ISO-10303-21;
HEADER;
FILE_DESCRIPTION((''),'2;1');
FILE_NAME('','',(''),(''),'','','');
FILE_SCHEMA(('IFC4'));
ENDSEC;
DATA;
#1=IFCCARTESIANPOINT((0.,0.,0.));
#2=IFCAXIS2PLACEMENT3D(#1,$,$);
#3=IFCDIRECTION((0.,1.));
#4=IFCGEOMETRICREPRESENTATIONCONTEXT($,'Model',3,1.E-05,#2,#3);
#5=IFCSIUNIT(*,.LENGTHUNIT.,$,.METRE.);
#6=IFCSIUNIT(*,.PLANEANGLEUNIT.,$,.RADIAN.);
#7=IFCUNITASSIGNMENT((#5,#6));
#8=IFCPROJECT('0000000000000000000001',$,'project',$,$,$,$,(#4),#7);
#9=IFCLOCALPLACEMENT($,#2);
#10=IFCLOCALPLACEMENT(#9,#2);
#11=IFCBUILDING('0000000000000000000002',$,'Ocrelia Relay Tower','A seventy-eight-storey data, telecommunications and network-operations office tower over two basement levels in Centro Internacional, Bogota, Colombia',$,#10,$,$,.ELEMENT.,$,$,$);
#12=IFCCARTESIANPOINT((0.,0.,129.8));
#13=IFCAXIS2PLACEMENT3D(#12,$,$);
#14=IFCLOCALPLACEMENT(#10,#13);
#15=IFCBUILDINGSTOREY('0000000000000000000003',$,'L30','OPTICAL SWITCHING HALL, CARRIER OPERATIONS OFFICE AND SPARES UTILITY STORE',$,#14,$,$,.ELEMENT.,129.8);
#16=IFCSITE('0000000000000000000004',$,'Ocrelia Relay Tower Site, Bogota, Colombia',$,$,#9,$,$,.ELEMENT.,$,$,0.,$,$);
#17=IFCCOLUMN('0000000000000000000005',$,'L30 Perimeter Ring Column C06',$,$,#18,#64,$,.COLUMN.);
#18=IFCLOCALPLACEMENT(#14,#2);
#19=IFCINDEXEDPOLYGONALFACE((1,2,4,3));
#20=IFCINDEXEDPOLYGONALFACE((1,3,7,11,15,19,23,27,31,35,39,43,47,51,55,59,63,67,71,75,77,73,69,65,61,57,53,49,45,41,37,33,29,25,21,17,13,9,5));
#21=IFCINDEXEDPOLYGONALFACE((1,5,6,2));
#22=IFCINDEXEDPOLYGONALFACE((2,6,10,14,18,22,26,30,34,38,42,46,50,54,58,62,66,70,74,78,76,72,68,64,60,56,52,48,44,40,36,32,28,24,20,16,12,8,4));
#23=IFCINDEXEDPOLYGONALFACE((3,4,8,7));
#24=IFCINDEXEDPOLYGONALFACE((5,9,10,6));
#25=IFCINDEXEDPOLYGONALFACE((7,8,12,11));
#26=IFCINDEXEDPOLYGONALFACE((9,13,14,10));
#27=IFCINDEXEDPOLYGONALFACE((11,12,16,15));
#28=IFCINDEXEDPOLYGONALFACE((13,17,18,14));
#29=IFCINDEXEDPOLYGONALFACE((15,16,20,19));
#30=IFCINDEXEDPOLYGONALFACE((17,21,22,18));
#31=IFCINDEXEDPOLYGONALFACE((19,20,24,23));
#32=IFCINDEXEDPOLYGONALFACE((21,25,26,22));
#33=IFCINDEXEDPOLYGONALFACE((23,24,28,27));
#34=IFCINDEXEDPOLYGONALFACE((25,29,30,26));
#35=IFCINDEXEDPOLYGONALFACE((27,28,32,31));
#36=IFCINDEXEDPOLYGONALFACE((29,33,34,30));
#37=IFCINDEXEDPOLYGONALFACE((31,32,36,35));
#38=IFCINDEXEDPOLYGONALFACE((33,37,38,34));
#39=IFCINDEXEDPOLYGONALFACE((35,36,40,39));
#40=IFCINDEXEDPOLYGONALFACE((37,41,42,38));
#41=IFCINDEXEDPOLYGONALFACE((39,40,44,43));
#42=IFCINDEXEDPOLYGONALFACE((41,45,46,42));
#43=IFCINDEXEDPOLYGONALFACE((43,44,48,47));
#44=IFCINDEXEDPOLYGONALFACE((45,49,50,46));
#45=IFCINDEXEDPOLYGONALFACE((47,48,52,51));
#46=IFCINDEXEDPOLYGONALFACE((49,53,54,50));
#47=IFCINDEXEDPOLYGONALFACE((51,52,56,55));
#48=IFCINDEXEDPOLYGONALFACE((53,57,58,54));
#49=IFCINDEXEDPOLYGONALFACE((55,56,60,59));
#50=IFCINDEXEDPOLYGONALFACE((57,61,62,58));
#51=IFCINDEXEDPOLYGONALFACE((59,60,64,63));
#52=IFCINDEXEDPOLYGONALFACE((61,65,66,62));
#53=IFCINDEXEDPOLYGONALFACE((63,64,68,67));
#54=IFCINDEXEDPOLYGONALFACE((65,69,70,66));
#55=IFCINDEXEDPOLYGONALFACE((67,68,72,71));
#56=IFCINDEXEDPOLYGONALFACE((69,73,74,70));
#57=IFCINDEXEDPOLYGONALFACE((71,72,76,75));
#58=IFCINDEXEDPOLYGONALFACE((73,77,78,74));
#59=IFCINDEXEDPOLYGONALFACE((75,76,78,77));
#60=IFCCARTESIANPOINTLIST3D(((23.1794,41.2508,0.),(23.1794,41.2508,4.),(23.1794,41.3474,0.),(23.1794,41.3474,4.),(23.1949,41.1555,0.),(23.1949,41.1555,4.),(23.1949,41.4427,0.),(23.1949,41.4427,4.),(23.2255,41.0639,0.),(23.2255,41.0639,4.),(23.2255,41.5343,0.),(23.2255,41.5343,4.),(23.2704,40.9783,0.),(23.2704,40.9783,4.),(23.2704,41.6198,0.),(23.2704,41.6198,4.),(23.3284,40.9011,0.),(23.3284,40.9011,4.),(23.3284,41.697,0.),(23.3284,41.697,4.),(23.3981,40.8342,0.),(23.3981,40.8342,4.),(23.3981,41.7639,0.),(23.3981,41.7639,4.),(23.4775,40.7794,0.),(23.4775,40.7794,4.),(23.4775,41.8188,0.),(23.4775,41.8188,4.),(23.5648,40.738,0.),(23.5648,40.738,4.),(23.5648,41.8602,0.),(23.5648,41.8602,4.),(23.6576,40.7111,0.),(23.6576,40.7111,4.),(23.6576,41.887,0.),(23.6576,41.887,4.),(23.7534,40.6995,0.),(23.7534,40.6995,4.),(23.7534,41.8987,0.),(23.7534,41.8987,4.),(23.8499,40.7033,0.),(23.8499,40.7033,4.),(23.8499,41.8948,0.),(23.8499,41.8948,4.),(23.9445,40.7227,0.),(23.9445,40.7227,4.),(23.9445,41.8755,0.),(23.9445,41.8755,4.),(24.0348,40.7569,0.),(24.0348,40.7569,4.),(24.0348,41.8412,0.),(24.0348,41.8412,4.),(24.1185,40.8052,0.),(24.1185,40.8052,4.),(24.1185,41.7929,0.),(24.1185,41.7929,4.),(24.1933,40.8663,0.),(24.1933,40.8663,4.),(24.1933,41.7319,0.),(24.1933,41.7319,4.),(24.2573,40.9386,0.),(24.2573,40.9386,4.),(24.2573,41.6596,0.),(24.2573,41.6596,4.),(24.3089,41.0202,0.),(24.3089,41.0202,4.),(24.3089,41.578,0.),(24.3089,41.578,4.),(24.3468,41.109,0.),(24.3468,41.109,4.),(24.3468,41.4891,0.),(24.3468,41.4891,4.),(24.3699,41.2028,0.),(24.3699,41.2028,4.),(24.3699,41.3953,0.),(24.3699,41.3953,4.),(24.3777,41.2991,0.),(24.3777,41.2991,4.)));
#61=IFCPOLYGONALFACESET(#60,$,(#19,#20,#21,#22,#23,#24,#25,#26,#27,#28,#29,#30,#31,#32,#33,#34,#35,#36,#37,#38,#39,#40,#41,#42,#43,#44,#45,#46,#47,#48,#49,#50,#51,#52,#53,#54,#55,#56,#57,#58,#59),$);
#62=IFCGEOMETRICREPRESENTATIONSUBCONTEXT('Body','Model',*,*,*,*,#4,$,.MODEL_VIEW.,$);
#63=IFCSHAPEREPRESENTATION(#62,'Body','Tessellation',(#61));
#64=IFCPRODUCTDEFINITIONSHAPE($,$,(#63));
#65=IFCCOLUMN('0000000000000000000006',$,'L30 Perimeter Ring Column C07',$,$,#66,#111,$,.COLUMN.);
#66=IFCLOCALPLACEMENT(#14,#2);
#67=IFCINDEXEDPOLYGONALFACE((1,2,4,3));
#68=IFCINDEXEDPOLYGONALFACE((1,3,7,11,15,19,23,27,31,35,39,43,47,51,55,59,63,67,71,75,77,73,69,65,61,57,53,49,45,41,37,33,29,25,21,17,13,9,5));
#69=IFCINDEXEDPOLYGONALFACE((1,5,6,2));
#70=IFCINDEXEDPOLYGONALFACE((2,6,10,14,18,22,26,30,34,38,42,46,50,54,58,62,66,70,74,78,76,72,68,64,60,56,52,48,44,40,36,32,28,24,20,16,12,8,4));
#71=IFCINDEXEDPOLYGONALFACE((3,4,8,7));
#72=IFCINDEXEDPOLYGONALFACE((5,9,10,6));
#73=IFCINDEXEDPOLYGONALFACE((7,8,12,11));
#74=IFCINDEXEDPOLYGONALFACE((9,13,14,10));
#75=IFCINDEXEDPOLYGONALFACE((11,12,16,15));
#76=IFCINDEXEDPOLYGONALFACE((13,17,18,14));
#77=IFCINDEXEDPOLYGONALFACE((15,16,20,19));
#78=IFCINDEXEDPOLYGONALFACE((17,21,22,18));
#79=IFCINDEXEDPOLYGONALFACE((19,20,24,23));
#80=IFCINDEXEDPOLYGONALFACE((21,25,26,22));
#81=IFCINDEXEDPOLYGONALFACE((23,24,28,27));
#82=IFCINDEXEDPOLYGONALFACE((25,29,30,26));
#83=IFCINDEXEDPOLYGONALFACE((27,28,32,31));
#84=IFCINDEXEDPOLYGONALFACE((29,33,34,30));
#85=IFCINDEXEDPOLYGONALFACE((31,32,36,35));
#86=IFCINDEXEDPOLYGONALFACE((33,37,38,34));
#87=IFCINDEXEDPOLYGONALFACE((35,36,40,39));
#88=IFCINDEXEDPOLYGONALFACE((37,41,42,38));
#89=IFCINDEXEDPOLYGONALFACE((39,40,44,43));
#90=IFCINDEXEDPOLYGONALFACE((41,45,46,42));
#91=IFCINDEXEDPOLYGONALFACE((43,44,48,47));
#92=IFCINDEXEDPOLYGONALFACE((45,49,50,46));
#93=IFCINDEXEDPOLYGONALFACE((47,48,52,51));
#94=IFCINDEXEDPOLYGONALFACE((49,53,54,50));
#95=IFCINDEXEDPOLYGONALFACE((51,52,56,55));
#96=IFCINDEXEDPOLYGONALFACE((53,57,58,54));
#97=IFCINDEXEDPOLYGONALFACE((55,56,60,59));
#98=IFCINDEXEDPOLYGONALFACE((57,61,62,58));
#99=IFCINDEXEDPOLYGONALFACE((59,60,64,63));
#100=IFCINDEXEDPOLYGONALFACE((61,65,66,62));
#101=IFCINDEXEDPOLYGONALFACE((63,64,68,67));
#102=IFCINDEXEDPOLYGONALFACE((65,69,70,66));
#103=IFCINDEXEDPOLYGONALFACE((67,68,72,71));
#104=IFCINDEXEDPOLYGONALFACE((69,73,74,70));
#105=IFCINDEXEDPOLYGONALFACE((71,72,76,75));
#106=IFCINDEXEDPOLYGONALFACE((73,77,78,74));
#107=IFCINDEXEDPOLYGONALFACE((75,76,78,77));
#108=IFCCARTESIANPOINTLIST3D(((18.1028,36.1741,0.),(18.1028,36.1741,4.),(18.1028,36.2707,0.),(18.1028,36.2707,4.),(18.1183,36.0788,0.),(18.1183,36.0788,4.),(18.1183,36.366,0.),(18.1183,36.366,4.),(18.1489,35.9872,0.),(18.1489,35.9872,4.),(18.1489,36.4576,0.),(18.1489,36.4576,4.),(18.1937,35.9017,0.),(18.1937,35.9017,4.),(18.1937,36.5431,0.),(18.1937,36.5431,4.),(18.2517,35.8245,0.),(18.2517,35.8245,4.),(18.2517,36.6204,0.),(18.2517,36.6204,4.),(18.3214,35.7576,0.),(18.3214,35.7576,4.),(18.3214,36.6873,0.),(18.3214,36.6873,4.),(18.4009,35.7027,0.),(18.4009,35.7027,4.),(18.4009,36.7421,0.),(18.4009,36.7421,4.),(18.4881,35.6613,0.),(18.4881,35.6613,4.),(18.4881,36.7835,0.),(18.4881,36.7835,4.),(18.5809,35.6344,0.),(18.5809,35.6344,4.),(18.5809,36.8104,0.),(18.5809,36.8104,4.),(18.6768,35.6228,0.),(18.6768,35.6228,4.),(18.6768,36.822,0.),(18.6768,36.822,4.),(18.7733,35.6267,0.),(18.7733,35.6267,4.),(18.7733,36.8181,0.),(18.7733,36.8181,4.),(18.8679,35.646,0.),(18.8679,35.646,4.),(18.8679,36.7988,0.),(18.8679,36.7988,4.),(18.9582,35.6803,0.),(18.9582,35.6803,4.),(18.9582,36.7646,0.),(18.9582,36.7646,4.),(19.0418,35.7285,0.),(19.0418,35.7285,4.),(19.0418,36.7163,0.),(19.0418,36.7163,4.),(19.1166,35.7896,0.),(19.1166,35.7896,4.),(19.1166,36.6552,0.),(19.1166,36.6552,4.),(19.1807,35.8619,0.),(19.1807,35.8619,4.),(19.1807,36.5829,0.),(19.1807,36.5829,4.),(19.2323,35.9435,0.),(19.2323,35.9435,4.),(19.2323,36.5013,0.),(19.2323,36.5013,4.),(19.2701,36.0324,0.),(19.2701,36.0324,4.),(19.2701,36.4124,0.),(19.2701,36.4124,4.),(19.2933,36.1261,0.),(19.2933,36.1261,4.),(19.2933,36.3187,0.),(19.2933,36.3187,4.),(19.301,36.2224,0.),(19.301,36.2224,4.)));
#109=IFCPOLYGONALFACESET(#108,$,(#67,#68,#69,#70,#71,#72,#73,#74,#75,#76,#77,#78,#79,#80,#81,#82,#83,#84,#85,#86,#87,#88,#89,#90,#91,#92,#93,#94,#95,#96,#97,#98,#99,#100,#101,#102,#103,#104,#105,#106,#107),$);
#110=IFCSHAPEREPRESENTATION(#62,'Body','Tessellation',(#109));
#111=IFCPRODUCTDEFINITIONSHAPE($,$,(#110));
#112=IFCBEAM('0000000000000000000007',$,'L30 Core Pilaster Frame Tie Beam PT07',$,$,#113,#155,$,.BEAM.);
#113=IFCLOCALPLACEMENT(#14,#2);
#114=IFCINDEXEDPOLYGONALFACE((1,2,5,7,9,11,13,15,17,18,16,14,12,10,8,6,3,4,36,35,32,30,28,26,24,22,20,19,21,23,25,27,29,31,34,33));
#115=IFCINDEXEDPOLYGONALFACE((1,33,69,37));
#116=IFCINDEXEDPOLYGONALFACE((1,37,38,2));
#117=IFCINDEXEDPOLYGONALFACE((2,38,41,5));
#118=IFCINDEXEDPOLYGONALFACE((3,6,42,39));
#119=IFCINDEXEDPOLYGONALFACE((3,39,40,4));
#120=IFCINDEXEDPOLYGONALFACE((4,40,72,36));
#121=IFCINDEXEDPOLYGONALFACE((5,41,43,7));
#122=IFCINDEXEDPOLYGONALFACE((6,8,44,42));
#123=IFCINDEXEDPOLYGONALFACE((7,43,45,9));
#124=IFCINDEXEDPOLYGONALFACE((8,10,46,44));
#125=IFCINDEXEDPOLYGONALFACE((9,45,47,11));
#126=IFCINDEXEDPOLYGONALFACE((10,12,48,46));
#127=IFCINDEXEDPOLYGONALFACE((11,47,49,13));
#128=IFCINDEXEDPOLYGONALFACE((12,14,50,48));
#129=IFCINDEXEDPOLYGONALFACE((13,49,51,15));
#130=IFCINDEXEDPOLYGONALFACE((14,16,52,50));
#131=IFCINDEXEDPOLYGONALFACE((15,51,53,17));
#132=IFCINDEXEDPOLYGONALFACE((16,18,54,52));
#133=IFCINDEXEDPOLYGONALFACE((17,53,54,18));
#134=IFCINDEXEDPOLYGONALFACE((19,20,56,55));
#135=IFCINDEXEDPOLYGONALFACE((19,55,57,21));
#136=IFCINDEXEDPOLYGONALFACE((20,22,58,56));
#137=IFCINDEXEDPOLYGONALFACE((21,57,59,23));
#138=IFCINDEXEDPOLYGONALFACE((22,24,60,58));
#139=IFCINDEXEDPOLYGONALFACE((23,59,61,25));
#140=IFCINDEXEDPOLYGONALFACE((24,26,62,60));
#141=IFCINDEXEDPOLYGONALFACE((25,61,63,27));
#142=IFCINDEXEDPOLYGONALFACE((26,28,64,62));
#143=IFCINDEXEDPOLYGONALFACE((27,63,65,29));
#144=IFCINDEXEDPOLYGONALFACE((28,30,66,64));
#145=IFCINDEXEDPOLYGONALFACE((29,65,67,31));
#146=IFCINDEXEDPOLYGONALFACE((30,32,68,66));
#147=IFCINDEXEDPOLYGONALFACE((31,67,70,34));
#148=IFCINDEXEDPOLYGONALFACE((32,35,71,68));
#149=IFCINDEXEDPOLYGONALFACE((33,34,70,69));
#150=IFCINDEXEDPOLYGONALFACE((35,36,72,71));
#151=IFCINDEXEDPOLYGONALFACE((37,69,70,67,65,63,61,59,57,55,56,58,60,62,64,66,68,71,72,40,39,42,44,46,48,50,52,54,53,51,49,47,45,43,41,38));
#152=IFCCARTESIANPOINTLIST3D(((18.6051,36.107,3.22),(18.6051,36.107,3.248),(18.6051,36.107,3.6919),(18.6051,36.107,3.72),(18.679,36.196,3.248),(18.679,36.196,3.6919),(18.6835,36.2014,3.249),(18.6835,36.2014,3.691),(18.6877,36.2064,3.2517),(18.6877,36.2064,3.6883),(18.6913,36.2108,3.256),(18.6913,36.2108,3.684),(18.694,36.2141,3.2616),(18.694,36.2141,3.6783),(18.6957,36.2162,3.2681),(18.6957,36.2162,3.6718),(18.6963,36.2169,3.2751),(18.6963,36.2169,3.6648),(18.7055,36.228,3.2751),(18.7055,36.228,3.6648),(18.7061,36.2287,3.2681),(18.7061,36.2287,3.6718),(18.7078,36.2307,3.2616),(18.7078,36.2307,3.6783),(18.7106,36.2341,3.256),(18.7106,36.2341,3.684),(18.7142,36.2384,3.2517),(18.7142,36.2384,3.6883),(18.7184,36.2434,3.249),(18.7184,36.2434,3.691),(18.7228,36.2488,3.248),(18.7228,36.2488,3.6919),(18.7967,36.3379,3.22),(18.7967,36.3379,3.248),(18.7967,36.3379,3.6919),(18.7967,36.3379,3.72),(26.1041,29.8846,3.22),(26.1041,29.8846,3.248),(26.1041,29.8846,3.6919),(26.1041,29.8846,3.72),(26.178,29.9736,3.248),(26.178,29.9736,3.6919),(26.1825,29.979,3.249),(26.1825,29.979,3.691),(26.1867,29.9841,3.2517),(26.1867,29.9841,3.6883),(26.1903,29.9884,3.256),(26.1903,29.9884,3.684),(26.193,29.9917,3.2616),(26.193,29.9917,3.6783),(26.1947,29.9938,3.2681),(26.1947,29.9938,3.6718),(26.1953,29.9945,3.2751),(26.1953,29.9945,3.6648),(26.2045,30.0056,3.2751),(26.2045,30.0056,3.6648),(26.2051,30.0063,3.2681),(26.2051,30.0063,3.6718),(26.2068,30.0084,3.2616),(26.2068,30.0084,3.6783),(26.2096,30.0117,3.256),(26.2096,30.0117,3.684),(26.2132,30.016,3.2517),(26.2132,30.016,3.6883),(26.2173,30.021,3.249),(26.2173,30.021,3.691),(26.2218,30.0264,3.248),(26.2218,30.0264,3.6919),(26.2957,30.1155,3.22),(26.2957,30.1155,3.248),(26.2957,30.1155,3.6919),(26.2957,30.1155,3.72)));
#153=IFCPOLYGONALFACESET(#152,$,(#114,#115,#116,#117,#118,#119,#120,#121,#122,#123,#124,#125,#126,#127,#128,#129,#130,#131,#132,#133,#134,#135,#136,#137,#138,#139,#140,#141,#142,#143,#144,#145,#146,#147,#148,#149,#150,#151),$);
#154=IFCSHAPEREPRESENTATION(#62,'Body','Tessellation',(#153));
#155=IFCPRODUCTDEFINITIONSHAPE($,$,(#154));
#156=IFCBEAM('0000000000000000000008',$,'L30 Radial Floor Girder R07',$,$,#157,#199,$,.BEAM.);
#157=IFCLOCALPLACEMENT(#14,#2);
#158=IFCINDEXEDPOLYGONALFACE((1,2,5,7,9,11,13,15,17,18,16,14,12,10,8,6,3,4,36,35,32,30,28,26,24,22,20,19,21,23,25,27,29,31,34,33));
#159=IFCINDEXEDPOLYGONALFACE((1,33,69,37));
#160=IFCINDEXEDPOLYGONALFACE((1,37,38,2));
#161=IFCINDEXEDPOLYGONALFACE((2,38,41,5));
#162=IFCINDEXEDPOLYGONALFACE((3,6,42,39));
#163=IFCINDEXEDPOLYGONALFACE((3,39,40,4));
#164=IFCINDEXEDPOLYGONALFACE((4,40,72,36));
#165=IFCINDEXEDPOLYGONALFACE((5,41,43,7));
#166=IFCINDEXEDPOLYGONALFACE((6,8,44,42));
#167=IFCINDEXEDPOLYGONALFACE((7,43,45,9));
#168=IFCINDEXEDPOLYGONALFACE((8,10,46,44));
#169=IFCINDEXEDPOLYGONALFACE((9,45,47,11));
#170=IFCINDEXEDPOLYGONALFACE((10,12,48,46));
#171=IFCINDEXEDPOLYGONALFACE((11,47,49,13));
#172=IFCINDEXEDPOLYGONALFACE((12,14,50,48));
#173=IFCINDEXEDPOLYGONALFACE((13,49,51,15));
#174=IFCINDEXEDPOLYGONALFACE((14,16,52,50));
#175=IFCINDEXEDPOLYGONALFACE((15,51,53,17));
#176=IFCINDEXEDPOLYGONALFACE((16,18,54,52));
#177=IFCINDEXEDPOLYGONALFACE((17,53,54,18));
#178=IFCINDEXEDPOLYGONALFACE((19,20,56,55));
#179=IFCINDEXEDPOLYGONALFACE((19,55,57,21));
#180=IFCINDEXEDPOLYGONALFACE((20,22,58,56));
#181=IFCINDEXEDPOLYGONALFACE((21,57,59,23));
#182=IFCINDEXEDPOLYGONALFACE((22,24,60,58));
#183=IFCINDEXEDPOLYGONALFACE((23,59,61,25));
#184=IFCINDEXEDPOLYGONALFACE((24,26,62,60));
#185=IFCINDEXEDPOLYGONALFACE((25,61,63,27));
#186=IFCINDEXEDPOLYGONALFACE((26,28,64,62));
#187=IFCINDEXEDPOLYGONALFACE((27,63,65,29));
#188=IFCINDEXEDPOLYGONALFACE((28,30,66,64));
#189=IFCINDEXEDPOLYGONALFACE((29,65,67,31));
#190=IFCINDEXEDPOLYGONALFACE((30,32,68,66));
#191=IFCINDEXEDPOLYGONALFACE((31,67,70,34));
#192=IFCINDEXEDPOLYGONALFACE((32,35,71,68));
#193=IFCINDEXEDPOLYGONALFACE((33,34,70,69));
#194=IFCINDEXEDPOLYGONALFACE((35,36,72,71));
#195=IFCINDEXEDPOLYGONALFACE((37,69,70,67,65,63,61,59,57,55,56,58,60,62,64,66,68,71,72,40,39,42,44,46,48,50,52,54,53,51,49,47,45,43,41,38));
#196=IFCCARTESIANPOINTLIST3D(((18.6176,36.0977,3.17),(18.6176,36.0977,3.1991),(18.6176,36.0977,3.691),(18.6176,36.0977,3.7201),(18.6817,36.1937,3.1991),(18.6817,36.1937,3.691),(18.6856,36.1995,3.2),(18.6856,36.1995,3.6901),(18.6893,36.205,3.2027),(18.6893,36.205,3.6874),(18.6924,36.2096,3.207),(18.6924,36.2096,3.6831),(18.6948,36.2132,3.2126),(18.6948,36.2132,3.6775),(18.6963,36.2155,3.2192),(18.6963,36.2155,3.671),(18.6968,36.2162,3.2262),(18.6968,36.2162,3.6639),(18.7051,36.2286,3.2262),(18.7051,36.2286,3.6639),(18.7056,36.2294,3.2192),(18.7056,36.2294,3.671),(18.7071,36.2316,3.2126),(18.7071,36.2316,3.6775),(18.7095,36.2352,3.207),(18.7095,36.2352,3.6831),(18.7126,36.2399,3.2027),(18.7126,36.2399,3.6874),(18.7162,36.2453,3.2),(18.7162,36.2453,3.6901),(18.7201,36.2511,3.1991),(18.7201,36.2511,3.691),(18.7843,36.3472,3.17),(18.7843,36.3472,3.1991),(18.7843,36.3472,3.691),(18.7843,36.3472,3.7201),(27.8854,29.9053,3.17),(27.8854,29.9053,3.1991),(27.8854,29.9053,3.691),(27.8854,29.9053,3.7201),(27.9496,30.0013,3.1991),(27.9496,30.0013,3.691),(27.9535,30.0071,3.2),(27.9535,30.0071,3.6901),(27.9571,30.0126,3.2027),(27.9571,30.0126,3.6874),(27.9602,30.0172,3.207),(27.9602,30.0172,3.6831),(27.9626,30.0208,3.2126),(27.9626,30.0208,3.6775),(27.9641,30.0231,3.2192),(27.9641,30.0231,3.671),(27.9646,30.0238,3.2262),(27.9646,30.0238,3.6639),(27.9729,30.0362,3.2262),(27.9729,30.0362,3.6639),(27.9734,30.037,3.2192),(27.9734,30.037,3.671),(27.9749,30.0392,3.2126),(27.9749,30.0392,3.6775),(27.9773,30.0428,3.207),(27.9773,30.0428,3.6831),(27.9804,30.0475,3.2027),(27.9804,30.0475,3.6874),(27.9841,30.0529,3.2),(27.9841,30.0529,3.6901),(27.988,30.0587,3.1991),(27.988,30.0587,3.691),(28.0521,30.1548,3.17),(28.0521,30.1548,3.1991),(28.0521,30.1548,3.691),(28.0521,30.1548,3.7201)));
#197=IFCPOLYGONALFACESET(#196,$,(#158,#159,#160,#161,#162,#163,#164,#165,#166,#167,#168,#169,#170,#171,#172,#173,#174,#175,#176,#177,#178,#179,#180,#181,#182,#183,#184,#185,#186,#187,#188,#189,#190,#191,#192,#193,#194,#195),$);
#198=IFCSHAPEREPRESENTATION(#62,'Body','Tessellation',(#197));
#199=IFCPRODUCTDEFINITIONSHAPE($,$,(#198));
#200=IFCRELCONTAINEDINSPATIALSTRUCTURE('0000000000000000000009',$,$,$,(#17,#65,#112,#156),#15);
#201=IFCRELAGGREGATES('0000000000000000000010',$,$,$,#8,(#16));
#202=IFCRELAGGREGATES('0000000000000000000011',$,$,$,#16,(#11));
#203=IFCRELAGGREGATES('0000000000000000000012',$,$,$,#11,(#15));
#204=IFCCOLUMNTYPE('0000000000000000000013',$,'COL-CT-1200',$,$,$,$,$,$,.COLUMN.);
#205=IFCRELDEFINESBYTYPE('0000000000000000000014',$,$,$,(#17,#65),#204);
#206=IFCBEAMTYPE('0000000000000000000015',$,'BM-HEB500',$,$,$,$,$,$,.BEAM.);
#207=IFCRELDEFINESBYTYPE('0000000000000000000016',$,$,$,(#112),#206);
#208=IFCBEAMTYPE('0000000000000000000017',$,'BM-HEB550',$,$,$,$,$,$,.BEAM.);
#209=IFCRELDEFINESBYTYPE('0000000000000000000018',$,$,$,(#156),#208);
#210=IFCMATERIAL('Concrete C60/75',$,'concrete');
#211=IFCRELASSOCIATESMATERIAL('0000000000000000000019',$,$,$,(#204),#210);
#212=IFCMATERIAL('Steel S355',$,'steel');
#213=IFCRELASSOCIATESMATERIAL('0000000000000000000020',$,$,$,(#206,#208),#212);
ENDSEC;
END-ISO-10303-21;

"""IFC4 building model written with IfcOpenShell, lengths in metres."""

from ifc_helpers import new_model, si_unit, direction, frame, origin, origin_2d, place, context, subcontext, project, spatial, circle, i_section, extrude, material, material_profile, profile_set, type_object, element, save


model = new_model("IFC4")

# Units and contexts
model_context = context("Model", 3, precision=1e-05, world=origin(), true_north=direction((0.0, 1.0)))
body_context = subcontext(model_context, "Body", "Model", "MODEL_VIEW")
ifc_project = project(units=[si_unit("LENGTHUNIT", "METRE"), si_unit("PLANEANGLEUNIT", "RADIAN")], contexts=[model_context])

# Site, building, storey
site_placement = place(None, origin())
site = spatial("IfcSite", under=ifc_project, at=site_placement, Name="Ocrelia Relay Tower Site, Bogota, Colombia", CompositionType="ELEMENT", RefElevation=0.0)
building_placement = place(site_placement, origin())
building = spatial("IfcBuilding", under=site, at=building_placement, Name="Ocrelia Relay Tower", Description="A seventy-eight-storey data, telecommunications and network-operations office tower over two basement levels in Centro Internacional, Bogota, Colombia", CompositionType="ELEMENT")
storey_placement = place(building_placement, frame((0.0, 0.0, 129.8)))
storey = spatial("IfcBuildingStorey", under=building, at=storey_placement, Name="L30", Description="OPTICAL SWITCHING HALL, CARRIER OPERATIONS OFFICE AND SPARES UTILITY STORE", CompositionType="ELEMENT", Elevation=129.8)

# Columns
ifc_material_1 = material(Name="Concrete C60/75", Category="concrete")
ifc_material_profile_1 = material_profile(ifc_material_1, circle(Radius=0.6001, at=origin_2d()), Name="RC-CIR-1200")
ifc_profile_set_1 = profile_set([ifc_material_profile_1], Name="Concrete C60/75")
column_type = type_object("IfcColumnType", Name="COL-CT-1200", PredefinedType="COLUMN", material=ifc_profile_set_1)
for number, where, z_axis, x_axis, name in (
    (1, (23.7776, 41.2991, 0.0), (0.0, 0.0, 1.0), (1.0, 0.0, 0.0), "L30 Perimeter Ring Column C06"),
    (2, (18.7009, 36.2224, 0.0), (0.0, 0.0, 1.0), (1.0, 0.0, 0.0), "L30 Perimeter Ring Column C07"),
):
    element("IfcColumn", number, at=place(storey_placement, frame(where, z_axis=z_axis, x_axis=x_axis)), inside=storey, type_object=column_type, Name=name, PredefinedType="COLUMN", context=body_context, shape_type="SweptSolid", body=[
        extrude(circle(Radius=0.6001, at=origin_2d()), origin(), (0.0, 0.0, 1.0), 4.0),
    ])

# Beams
ifc_material_2 = material(Name="Steel S355", Category="steel")
ifc_material_profile_2 = material_profile(ifc_material_2, i_section(OverallWidth=0.3, OverallDepth=0.5, WebThickness=0.0144, FlangeThickness=0.0281, FilletRadius=0.0271, at=origin_2d()), Name="HEB 500")
ifc_profile_set_2 = profile_set([ifc_material_profile_2], Name="Steel S355")
beam_type_1 = type_object("IfcBeamType", Name="BM-HEB500", PredefinedType="BEAM", material=ifc_profile_set_2)
beam_1_placement = place(storey_placement, frame((18.7009, 36.2224, 3.47), z_axis=(0.769571, -0.638561, 0.0), x_axis=(0.638561, 0.769571, 0.0)))
element("IfcBeam", 3, at=beam_1_placement, inside=storey, type_object=beam_type_1, Name="L30 Core Pilaster Frame Tie Beam PT07", PredefinedType="BEAM", context=body_context, shape_type="SweptSolid", body=[
    extrude(i_section(OverallWidth=0.3, OverallDepth=0.5, WebThickness=0.0144, FlangeThickness=0.0281, FilletRadius=0.0271, at=origin_2d()), origin(), (0.0, 0.0, 1.0), 9.7444),
])
ifc_material_profile_3 = material_profile(ifc_material_2, i_section(OverallWidth=0.3, OverallDepth=0.55, WebThickness=0.0149, FlangeThickness=0.0291, FilletRadius=0.0271, at=origin_2d()), Name="HEB 550")
ifc_profile_set_3 = profile_set([ifc_material_profile_3], Name="Steel S355")
beam_type_2 = type_object("IfcBeamType", Name="BM-HEB550", PredefinedType="BEAM", material=ifc_profile_set_3)
beam_2_placement = place(storey_placement, frame((18.7009, 36.2224, 3.4451), z_axis=(0.831477, -0.555559, 0.0), x_axis=(0.555559, 0.831477, 0.0)))
element("IfcBeam", 4, at=beam_2_placement, inside=storey, type_object=beam_type_2, Name="L30 Radial Floor Girder R07", PredefinedType="BEAM", context=body_context, shape_type="SweptSolid", body=[
    extrude(i_section(OverallWidth=0.3, OverallDepth=0.55, WebThickness=0.0149, FlangeThickness=0.0291, FilletRadius=0.0271, at=origin_2d()), origin(), (0.0, 0.0, 1.0), 11.1462),
])

save(model, "model.ifc")
